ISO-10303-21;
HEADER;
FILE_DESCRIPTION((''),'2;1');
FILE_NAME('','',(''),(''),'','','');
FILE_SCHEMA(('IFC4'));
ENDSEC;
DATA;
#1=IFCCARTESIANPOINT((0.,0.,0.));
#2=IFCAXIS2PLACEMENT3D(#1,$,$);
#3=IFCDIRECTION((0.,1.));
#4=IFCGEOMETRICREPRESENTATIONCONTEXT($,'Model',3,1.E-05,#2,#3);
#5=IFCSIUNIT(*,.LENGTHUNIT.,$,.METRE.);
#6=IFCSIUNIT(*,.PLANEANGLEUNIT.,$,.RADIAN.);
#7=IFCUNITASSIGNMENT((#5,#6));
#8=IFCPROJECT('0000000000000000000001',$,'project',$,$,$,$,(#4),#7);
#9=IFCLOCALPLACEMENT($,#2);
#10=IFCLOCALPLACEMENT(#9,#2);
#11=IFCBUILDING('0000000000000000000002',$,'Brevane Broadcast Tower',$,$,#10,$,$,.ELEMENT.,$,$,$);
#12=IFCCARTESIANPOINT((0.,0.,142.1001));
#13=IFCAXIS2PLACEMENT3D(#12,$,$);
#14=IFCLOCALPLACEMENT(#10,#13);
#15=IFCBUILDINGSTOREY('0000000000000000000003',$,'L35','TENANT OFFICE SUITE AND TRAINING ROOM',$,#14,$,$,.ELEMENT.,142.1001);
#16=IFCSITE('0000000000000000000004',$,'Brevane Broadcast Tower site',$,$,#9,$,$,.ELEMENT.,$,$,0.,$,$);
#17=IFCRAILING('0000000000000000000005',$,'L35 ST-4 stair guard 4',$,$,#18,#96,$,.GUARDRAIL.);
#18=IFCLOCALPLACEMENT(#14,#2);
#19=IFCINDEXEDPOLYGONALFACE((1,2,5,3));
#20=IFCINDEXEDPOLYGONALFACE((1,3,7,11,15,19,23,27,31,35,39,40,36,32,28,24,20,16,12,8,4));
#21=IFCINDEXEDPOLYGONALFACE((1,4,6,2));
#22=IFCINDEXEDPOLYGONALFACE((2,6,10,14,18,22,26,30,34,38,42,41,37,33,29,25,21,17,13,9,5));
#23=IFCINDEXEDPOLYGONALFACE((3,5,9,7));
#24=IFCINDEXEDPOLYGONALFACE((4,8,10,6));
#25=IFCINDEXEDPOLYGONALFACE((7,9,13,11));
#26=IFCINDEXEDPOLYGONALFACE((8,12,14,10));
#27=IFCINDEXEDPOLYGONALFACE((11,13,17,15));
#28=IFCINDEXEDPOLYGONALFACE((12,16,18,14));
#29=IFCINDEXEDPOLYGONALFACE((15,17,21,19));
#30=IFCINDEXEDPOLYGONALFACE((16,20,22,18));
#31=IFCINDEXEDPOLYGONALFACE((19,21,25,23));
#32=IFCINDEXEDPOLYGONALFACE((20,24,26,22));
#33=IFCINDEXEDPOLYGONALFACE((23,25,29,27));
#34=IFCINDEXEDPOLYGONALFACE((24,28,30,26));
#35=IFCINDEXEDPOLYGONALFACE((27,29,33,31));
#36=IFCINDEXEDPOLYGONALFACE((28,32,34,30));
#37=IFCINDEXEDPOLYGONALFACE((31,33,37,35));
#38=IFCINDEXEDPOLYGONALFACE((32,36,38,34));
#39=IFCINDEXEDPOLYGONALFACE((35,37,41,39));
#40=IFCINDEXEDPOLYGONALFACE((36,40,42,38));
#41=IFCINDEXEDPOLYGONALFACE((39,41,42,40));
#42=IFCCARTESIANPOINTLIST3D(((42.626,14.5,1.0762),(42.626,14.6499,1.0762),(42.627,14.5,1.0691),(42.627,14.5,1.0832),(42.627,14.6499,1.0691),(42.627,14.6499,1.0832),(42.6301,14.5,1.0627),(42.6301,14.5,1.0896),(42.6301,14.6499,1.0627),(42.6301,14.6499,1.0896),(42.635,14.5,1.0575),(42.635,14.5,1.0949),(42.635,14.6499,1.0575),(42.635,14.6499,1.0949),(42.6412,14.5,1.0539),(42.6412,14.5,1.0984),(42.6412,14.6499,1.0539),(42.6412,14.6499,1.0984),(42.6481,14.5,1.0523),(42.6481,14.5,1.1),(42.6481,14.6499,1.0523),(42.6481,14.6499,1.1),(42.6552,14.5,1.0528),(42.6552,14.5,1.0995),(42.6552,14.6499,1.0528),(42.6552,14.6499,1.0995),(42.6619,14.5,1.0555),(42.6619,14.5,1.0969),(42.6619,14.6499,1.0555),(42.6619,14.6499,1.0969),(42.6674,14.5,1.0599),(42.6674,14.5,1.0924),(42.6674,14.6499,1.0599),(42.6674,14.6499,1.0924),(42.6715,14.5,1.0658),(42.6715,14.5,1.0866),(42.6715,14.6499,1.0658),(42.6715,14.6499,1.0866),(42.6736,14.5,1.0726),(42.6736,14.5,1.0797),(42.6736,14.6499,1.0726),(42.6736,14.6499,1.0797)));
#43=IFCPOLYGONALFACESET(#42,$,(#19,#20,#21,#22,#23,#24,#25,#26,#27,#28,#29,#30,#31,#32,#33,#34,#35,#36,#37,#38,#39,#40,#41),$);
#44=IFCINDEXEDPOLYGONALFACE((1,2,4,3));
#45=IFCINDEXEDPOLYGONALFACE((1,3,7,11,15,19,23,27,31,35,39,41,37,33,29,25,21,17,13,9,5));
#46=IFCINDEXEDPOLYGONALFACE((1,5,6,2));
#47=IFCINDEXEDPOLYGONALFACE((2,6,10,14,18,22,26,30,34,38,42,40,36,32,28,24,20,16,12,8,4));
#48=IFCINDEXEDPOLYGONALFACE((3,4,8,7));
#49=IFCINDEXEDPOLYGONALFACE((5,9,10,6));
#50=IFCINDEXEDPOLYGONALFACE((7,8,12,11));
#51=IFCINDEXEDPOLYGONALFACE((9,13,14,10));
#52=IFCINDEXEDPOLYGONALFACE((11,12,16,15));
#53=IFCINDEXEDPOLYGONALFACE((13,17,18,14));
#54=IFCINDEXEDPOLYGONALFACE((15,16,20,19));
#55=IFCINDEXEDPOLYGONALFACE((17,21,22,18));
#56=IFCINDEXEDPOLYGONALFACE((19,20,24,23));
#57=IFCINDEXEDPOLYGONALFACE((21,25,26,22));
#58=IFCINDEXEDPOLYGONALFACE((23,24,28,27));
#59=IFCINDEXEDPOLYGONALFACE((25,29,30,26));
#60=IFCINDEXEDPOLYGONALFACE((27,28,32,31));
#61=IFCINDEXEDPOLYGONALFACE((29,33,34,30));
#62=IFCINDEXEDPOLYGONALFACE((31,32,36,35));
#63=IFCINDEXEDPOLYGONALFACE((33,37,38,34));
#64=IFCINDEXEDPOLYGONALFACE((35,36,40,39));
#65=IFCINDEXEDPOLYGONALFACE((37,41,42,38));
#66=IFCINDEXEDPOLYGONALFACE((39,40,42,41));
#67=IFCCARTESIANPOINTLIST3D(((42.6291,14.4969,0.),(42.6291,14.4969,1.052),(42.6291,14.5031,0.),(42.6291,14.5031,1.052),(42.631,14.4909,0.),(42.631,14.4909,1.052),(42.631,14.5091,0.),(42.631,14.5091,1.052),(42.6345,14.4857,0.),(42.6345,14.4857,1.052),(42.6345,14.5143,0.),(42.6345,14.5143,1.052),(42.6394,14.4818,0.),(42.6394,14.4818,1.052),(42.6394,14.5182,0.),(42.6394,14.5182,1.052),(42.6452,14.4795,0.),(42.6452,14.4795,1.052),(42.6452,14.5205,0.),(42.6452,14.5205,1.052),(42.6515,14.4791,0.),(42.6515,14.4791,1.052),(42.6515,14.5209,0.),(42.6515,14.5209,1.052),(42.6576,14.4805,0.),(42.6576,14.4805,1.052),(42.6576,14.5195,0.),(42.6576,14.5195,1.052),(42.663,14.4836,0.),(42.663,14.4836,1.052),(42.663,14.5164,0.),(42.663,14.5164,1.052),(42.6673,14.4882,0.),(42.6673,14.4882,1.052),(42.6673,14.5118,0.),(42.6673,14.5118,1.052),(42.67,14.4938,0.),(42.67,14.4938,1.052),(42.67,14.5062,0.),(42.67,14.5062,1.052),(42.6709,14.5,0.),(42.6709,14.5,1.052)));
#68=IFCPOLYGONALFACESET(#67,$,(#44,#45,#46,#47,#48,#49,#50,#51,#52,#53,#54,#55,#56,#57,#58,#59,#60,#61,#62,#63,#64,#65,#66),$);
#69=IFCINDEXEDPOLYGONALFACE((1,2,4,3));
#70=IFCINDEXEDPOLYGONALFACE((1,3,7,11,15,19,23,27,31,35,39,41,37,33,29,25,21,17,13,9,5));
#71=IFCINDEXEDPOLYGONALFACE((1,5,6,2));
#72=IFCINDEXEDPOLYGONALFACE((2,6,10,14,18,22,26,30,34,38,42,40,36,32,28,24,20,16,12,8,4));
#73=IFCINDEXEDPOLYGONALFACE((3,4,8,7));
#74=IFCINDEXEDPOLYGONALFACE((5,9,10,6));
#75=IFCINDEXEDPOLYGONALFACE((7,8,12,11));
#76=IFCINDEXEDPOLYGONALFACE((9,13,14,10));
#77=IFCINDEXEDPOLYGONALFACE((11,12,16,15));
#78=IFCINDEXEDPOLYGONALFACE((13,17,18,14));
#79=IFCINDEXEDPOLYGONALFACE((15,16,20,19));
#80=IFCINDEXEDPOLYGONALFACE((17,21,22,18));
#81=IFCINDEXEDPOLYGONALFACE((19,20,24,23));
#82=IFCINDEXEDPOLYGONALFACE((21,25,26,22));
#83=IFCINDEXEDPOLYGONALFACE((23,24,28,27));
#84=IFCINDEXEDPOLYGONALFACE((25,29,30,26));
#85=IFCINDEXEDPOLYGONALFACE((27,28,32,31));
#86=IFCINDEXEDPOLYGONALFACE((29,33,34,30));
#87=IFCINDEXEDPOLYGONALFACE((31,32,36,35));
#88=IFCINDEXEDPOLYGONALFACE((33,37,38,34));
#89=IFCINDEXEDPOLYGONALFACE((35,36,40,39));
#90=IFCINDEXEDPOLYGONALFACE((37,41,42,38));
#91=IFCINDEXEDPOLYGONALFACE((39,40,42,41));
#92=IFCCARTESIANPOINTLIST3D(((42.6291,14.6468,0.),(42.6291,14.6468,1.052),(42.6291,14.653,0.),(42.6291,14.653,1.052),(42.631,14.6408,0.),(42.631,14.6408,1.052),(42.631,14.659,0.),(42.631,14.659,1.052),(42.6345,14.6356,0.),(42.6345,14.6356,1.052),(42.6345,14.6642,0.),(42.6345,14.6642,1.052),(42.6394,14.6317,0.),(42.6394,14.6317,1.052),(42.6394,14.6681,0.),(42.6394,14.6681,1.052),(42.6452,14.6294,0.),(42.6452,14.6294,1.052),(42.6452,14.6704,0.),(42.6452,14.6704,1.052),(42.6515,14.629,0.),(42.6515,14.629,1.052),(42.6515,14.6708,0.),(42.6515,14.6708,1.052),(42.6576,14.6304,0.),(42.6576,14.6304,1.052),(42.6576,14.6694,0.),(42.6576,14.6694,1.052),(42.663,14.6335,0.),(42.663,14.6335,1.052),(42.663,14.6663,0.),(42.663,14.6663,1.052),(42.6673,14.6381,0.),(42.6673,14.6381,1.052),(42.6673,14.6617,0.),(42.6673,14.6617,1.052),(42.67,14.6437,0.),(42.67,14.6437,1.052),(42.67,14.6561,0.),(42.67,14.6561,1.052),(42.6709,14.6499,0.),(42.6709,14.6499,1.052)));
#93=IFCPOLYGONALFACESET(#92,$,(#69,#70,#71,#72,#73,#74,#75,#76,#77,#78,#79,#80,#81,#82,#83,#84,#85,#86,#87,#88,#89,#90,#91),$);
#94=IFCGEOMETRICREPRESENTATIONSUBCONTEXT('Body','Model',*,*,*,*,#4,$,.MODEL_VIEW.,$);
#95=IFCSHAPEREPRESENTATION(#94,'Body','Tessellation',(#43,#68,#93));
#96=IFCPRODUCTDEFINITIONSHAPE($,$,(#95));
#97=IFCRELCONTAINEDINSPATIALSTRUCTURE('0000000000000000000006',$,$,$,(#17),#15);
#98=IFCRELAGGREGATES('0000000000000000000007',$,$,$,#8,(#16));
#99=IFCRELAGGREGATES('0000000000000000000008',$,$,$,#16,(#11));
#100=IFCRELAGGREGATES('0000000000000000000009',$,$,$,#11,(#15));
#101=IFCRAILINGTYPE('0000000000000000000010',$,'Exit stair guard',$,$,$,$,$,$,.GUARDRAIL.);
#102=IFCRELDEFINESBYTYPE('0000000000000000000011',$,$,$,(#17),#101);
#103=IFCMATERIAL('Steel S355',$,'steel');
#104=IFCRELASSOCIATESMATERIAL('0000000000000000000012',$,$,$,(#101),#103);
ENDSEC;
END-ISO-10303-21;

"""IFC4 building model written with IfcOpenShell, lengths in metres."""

from ifc_helpers import new_model, si_unit, direction, frame, origin, origin_2d, place, context, subcontext, project, spatial, circle, extrude, material, type_object, element, save


model = new_model("IFC4")

# Units and contexts
model_context = context("Model", 3, precision=1e-05, world=origin(), true_north=direction((0.0, 1.0)))
body_context = subcontext(model_context, "Body", "Model", "MODEL_VIEW")
ifc_project = project(units=[si_unit("LENGTHUNIT", "METRE"), si_unit("PLANEANGLEUNIT", "RADIAN")], contexts=[model_context])

# Site, building, storey
site_placement = place(None, origin())
site = spatial("IfcSite", under=ifc_project, at=site_placement, Name="Brevane Broadcast Tower site", CompositionType="ELEMENT", RefElevation=0.0)
building_placement = place(site_placement, origin())
building = spatial("IfcBuilding", under=site, at=building_placement, Name="Brevane Broadcast Tower", CompositionType="ELEMENT")
storey_placement = place(building_placement, frame((0.0, 0.0, 142.1001)))
storey = spatial("IfcBuildingStorey", under=building, at=storey_placement, Name="L35", Description="TENANT OFFICE SUITE AND TRAINING ROOM", CompositionType="ELEMENT", Elevation=142.1001)

# Railing
ifc_material_1 = material(Name="Steel S355", Category="steel")
railing_type_1 = type_object("IfcRailingType", Name="Exit stair guard", PredefinedType="GUARDRAIL", material=ifc_material_1)
railing_1_placement = place(storey_placement, frame((42.6499, 14.5, 0.0)))
element("IfcRailing", 1, at=railing_1_placement, inside=storey, type_object=railing_type_1, Name="L35 ST-4 stair guard 4", PredefinedType="GUARDRAIL", context=body_context, shape_type="SweptSolid", body=[
    extrude(circle(Radius=0.0239, at=origin_2d()), frame((0.0, 0.0, 1.0762), z_axis=(0.0, 1.0, 0.0), x_axis=(-1.0, 0.0, 0.0)), (0.0, 0.0, 1.0), 0.1499),
    extrude(circle(Radius=0.021, at=origin_2d()), origin(), (0.0, 0.0, 1.0), 1.052),
    extrude(circle(Radius=0.021, at=origin_2d()), frame((0.0, 0.1499, 0.0)), (0.0, 0.0, 1.0), 1.052),
])

save(model, "model.ifc")
